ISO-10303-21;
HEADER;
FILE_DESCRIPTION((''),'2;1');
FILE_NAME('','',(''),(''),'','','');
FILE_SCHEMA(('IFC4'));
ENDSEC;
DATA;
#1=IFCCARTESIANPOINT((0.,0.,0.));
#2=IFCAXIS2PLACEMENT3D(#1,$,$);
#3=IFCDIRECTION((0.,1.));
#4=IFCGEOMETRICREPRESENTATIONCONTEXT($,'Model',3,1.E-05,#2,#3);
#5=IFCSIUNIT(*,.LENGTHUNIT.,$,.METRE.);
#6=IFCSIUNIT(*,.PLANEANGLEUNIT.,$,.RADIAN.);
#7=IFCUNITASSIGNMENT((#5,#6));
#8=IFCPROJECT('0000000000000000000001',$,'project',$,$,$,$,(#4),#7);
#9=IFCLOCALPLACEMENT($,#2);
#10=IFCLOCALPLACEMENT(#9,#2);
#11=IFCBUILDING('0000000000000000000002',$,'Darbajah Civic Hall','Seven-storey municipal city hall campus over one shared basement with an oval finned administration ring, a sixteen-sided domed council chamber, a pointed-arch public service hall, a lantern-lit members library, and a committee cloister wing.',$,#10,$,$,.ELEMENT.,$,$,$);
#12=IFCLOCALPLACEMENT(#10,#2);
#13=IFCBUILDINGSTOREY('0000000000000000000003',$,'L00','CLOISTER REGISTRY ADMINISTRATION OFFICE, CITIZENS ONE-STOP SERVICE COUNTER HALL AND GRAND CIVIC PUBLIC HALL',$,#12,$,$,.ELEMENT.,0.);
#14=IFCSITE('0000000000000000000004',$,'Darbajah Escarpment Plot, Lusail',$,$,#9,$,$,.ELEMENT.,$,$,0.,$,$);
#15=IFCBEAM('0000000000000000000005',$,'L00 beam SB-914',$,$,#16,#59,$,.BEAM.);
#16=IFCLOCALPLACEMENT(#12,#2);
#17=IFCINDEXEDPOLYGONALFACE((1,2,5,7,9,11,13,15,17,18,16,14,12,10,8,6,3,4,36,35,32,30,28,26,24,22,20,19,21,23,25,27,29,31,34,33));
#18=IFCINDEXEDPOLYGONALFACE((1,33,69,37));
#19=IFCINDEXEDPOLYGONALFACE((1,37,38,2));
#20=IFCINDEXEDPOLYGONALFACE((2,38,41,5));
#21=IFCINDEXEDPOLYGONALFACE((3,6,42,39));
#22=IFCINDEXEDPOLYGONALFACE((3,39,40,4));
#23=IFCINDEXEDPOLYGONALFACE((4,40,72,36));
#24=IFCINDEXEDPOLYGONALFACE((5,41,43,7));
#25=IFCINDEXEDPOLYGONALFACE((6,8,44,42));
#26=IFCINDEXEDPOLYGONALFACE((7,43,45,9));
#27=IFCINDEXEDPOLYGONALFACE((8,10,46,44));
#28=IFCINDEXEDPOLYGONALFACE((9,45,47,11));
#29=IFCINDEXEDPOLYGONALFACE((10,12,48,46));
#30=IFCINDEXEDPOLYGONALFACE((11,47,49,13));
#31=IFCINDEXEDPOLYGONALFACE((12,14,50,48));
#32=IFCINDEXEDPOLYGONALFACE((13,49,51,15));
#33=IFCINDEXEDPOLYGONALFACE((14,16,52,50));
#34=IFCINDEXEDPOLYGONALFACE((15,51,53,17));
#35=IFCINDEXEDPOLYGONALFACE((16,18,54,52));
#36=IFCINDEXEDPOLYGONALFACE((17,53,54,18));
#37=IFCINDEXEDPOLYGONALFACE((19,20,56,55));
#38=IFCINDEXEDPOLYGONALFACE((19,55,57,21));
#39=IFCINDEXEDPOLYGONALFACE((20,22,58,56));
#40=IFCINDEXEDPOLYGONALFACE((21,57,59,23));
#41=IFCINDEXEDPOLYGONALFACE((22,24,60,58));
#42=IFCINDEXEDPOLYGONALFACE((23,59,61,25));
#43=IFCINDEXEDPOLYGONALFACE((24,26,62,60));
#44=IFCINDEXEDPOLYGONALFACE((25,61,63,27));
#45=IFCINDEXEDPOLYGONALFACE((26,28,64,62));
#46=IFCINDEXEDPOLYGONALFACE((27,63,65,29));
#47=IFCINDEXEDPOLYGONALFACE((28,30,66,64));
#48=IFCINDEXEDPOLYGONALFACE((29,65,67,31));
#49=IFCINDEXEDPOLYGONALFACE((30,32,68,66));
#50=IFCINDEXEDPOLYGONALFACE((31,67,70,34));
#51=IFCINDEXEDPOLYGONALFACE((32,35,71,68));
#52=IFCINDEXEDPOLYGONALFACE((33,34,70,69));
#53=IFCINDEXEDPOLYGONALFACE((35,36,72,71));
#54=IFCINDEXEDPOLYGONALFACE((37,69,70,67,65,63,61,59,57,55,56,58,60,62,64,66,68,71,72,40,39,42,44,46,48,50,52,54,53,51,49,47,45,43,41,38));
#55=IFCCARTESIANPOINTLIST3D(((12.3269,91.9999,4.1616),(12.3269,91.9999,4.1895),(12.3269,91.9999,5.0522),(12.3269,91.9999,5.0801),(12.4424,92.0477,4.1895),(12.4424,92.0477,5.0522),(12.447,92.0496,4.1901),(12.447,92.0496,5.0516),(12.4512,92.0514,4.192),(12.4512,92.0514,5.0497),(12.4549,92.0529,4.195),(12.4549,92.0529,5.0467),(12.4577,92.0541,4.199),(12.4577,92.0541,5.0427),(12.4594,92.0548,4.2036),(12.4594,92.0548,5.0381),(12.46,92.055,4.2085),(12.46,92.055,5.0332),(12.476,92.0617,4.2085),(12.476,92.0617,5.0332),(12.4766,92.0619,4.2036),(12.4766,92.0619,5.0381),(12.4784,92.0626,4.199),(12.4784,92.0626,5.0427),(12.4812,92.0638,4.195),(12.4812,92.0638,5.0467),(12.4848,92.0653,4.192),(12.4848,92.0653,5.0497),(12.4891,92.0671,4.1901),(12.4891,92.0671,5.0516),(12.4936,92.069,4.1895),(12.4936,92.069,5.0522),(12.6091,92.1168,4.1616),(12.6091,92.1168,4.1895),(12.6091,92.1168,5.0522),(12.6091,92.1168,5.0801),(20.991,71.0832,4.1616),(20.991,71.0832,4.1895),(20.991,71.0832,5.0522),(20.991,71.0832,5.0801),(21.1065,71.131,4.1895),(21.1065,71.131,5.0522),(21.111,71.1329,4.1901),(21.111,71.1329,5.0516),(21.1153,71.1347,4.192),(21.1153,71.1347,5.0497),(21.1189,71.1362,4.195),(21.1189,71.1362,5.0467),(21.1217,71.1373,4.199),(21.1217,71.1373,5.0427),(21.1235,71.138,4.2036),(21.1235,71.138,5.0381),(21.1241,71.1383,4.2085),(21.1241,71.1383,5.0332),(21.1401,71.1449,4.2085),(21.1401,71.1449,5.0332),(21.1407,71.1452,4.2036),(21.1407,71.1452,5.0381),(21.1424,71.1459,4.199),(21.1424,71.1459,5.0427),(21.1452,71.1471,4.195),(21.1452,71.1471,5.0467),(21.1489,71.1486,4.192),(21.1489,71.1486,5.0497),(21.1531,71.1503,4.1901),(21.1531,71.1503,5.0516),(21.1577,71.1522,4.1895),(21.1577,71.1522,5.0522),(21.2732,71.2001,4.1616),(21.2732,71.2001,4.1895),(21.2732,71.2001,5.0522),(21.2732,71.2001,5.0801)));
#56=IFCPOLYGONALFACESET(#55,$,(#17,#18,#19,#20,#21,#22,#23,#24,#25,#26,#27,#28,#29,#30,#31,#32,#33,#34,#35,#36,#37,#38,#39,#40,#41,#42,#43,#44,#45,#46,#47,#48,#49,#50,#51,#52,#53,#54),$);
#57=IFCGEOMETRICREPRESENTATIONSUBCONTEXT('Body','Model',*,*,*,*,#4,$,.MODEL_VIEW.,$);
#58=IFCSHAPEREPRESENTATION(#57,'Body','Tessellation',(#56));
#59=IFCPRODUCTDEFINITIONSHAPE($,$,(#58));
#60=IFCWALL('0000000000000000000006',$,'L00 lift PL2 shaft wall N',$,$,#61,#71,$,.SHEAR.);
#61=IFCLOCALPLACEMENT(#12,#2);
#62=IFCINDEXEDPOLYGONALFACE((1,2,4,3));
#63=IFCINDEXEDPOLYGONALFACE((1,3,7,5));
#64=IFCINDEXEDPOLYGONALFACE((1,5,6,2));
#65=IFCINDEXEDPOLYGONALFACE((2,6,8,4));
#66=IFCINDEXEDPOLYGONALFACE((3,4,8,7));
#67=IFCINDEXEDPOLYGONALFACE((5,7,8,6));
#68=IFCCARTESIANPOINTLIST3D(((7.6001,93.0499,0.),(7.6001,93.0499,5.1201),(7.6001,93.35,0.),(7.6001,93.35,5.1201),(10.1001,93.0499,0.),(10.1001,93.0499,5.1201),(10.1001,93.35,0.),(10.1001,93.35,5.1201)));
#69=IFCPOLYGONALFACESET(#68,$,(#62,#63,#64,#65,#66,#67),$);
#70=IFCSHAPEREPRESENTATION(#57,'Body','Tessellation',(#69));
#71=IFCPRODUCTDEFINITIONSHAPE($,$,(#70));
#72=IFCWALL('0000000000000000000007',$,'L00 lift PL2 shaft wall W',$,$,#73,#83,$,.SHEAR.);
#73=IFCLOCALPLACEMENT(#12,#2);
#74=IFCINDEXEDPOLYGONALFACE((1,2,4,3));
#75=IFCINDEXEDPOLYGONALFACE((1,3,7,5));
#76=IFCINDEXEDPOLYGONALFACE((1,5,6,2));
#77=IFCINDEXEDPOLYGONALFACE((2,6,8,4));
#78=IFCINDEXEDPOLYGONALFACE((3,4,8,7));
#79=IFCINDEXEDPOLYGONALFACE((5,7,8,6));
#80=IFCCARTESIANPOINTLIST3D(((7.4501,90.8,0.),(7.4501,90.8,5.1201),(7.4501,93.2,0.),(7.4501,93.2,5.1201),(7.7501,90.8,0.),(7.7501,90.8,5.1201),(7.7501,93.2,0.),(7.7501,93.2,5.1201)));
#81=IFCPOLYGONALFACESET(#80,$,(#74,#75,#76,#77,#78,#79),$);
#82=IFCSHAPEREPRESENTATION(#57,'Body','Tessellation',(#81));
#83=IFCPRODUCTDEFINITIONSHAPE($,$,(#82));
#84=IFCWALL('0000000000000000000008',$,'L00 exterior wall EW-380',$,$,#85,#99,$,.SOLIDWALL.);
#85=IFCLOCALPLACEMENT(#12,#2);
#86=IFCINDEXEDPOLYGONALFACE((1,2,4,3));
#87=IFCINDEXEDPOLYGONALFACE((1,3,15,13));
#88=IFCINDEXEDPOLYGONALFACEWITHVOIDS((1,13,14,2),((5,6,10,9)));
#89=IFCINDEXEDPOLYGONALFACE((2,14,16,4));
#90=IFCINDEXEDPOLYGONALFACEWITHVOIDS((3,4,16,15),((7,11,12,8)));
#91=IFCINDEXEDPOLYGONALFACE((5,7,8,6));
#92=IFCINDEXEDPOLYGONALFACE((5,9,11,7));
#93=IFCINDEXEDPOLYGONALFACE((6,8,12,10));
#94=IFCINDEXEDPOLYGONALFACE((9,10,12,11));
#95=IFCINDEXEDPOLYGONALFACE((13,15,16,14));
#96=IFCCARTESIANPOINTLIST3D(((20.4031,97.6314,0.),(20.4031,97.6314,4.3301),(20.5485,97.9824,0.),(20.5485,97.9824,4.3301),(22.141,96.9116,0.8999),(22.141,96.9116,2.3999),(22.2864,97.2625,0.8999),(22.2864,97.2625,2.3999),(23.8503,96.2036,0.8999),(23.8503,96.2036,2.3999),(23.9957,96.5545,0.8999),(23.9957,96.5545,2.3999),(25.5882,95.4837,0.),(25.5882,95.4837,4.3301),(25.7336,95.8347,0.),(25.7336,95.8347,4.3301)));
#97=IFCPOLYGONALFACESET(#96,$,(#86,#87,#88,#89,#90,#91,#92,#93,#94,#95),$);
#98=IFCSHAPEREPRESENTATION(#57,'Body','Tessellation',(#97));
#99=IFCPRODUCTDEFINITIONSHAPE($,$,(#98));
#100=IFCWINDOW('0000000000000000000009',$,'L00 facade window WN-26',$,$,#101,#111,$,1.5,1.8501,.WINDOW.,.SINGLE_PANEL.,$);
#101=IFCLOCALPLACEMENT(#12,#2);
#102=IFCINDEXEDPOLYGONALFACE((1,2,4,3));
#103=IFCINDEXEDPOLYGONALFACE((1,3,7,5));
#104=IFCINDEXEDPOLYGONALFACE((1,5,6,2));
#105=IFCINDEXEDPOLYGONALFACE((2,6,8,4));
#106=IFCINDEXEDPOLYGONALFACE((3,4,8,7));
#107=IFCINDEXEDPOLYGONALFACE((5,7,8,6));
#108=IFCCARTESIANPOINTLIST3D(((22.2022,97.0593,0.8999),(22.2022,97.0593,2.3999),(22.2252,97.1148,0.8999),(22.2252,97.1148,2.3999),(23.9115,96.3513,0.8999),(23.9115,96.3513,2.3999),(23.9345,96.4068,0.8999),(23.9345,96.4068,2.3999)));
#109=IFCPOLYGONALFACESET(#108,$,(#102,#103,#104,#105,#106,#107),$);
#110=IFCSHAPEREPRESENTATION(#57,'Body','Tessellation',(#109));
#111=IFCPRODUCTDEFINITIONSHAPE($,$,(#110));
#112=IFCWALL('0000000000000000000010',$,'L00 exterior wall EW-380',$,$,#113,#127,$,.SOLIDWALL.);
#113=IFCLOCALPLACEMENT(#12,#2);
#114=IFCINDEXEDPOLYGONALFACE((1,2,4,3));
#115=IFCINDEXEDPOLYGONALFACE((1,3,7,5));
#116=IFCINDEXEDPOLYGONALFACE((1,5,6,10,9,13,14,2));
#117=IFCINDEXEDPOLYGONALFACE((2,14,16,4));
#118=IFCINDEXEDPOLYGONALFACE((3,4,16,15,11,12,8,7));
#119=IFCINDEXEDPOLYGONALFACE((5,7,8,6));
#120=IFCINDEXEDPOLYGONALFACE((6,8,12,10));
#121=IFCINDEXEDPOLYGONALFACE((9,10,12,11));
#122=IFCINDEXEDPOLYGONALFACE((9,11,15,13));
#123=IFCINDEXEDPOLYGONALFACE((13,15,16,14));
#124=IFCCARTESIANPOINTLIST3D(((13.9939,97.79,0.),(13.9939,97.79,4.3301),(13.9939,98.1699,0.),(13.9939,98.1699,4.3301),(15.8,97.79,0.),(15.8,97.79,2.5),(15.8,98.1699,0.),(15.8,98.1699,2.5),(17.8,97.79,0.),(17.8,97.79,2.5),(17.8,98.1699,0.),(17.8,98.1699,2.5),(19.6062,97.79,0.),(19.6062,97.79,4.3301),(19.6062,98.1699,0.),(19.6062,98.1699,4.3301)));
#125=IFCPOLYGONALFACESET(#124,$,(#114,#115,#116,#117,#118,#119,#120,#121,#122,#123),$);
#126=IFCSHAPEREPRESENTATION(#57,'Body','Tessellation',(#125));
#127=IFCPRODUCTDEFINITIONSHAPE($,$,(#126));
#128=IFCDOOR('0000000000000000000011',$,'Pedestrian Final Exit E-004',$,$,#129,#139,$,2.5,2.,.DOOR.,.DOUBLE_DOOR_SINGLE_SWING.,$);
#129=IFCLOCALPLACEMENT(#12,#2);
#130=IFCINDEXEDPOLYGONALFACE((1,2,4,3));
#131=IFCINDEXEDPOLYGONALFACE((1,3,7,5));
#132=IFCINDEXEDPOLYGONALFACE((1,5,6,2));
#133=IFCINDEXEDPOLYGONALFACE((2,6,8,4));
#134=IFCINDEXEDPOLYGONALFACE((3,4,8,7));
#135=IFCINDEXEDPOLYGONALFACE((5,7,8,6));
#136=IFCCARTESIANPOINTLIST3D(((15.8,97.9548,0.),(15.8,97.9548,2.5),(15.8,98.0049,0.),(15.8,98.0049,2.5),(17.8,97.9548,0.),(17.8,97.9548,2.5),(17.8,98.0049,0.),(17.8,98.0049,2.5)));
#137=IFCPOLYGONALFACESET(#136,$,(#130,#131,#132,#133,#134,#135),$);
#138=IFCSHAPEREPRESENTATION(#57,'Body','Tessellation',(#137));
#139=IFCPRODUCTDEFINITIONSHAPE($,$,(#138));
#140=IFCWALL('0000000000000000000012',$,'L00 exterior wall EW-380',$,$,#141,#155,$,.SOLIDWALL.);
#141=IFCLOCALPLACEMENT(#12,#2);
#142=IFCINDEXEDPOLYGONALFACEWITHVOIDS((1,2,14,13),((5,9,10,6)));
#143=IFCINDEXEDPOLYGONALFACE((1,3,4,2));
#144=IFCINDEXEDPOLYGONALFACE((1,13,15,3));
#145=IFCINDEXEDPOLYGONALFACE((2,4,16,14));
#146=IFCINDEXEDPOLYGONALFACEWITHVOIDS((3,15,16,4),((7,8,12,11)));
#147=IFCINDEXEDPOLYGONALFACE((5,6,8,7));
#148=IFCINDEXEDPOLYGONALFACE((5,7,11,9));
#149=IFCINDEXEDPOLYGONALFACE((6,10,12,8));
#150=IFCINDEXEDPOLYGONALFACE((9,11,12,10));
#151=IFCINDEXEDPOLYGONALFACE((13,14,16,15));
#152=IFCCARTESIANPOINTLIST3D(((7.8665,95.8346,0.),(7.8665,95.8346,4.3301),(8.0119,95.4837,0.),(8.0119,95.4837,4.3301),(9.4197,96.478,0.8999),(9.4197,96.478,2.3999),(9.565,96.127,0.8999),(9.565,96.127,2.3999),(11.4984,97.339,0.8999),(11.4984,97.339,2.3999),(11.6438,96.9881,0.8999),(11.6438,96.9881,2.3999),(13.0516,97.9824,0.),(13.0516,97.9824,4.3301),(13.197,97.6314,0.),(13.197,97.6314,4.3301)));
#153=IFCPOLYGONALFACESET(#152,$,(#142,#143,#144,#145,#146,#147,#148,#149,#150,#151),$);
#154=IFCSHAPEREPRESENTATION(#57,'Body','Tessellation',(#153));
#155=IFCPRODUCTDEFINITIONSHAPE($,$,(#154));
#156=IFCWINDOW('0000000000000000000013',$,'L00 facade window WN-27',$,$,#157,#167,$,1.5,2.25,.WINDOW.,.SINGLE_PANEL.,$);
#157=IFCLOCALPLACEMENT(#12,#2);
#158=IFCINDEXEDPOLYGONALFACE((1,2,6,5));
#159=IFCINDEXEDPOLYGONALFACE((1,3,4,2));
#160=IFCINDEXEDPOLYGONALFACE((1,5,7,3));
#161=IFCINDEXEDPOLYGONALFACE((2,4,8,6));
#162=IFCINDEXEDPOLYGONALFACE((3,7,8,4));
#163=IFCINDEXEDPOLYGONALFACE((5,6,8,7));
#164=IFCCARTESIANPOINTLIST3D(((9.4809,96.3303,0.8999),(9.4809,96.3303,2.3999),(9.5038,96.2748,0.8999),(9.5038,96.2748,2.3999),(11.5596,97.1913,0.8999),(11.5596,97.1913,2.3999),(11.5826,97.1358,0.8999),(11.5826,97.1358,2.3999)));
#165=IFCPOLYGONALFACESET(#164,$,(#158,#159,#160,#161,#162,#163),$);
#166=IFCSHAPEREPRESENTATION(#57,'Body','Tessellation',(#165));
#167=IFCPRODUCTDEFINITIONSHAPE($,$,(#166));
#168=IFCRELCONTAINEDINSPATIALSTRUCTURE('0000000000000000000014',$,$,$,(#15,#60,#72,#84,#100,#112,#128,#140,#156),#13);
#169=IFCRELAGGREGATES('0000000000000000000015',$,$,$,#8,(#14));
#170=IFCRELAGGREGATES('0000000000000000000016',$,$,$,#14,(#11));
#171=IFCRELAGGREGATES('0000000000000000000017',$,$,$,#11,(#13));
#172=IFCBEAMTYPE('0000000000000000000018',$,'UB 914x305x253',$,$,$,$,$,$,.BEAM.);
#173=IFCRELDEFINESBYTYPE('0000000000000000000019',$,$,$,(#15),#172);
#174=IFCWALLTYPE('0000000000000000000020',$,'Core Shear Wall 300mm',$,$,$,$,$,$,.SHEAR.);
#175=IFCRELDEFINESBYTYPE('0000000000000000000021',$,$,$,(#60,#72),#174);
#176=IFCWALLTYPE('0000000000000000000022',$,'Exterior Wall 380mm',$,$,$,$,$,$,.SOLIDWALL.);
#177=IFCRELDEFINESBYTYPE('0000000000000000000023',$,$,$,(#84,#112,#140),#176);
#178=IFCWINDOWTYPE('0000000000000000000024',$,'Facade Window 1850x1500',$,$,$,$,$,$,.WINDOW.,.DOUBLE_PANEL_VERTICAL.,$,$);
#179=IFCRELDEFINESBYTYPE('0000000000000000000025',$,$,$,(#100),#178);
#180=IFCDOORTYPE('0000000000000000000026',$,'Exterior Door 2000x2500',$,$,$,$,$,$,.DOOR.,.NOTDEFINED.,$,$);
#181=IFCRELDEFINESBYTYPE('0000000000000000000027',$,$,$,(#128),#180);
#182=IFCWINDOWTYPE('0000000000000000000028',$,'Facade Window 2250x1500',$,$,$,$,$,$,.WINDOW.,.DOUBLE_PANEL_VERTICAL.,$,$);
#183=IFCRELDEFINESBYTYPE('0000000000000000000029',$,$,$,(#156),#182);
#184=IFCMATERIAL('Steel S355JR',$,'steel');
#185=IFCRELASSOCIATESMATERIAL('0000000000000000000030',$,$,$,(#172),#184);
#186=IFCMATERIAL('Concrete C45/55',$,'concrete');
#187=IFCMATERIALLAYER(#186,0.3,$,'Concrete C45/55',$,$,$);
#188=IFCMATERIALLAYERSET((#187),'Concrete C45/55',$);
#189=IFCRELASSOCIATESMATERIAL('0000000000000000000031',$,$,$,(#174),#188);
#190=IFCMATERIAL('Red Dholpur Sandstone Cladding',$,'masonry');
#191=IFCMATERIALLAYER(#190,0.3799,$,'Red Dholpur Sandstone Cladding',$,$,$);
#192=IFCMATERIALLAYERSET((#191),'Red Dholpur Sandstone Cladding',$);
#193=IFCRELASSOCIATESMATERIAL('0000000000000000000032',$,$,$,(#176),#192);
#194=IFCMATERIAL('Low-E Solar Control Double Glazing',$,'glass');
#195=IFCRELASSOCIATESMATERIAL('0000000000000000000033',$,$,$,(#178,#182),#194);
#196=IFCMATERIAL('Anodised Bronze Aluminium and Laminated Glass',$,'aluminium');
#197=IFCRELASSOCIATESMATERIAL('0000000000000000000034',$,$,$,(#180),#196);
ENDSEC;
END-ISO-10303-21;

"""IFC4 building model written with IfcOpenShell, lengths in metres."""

from ifc_helpers import new_model, si_unit, direction, frame, frame_2d, origin, origin_2d, place, context, subcontext, project, spatial, rectangle, i_section, extrude, material, layer, layer_set, material_profile, profile_set, type_object, element, fill, save


model = new_model("IFC4")

# Units and contexts
model_context = context("Model", 3, precision=1e-05, world=origin(), true_north=direction((0.0, 1.0)))
body_context = subcontext(model_context, "Body", "Model", "MODEL_VIEW")
ifc_project = project(units=[si_unit("LENGTHUNIT", "METRE"), si_unit("PLANEANGLEUNIT", "RADIAN")], contexts=[model_context])

# Site, building, storey
site_placement = place(None, origin())
site = spatial("IfcSite", under=ifc_project, at=site_placement, Name="Darbajah Escarpment Plot, Lusail", CompositionType="ELEMENT", RefElevation=0.0)
building_placement = place(site_placement, origin())
building = spatial("IfcBuilding", under=site, at=building_placement, Name="Darbajah Civic Hall", Description="Seven-storey municipal city hall campus over one shared basement with an oval finned administration ring, a sixteen-sided domed council chamber, a pointed-arch public service hall, a lantern-lit members library, and a committee cloister wing.", CompositionType="ELEMENT")
storey_placement = place(building_placement, origin())
storey = spatial("IfcBuildingStorey", under=building, at=storey_placement, Name="L00", Description="CLOISTER REGISTRY ADMINISTRATION OFFICE, CITIZENS ONE-STOP SERVICE COUNTER HALL AND GRAND CIVIC PUBLIC HALL", CompositionType="ELEMENT", Elevation=0.0)

# Shared definitions
ifc_material_1 = material(Name="Concrete C45/55", Category="concrete")

# Beam
ifc_material_2 = material(Name="Steel S355JR", Category="steel")
ifc_material_profile_1 = material_profile(ifc_material_2, i_section(OverallWidth=0.3054, OverallDepth=0.9185, WebThickness=0.0173, FlangeThickness=0.0278, FilletRadius=0.019, at=origin_2d()), Name="UB 914x305x253")
ifc_profile_set_1 = profile_set([ifc_material_profile_1], Name="Steel S355JR")
beam_type_1 = type_object("IfcBeamType", Name="UB 914x305x253", PredefinedType="BEAM", material=ifc_profile_set_1)
for number, where, z_axis, x_axis, name in (
    (1, (12.468, 92.0583, 4.6208), (0.382686, -0.923879, 0.0), (0.923879, 0.382686, 0.0), "L00 beam SB-914"),
):
    element("IfcBeam", number, at=place(storey_placement, frame(where, z_axis=z_axis, x_axis=x_axis)), inside=storey, type_object=beam_type_1, Name=name, PredefinedType="BEAM", context=body_context, shape_type="SweptSolid", body=[
        extrude(i_section(OverallWidth=0.3054, OverallDepth=0.9185, WebThickness=0.0173, FlangeThickness=0.0278, FilletRadius=0.019, at=origin_2d()), origin(), (0.0, 0.0, 1.0), 22.6401),
    ])

# Walls
ifc_layer_1 = layer(ifc_material_1, 0.3, Name="Concrete C45/55")
ifc_layer_set_1 = layer_set([ifc_layer_1], Name="Concrete C45/55")
wall_type_1 = type_object("IfcWallType", Name="Core Shear Wall 300mm", PredefinedType="SHEAR", material=ifc_layer_set_1)
wall_1_placement = place(storey_placement, frame((10.1001, 93.2, 0.0), z_axis=(0.0, 0.0, 1.0), x_axis=(-1.0, 0.0, 0.0)))
element("IfcWall", 2, at=wall_1_placement, inside=storey, type_object=wall_type_1, Name="L00 lift PL2 shaft wall N", PredefinedType="SHEAR", context=body_context, shape_type="SweptSolid", body=[
    extrude(rectangle(XDim=2.5, YDim=0.3, at=frame_2d((1.25, 0.0))), origin(), (0.0, 0.0, 1.0), 5.1201),
])
wall_2_placement = place(storey_placement, frame((7.6001, 93.2, 0.0), z_axis=(0.0, 0.0, 1.0), x_axis=(0.0, -1.0, 0.0)))
element("IfcWall", 3, at=wall_2_placement, inside=storey, type_object=wall_type_1, Name="L00 lift PL2 shaft wall W", PredefinedType="SHEAR", context=body_context, shape_type="SweptSolid", body=[
    extrude(rectangle(XDim=2.3999, YDim=0.3, at=frame_2d((1.2, 0.0))), origin(), (0.0, 0.0, 1.0), 5.1201),
])

# Wall, opening, window
ifc_material_3 = material(Name="Red Dholpur Sandstone Cladding", Category="masonry")
ifc_layer_2 = layer(ifc_material_3, 0.3799, Name="Red Dholpur Sandstone Cladding")
ifc_layer_set_2 = layer_set([ifc_layer_2], Name="Red Dholpur Sandstone Cladding")
wall_type_2 = type_object("IfcWallType", Name="Exterior Wall 380mm", PredefinedType="SOLIDWALL", material=ifc_layer_set_2)
wall_3_placement = place(storey_placement, frame((25.6609, 95.6592, 0.0), z_axis=(0.0, 0.0, 1.0), x_axis=(-0.923881, 0.382681, 0.0)))
wall_3 = element("IfcWall", 4, at=wall_3_placement, inside=storey, type_object=wall_type_2, Name="L00 exterior wall EW-380", PredefinedType="SOLIDWALL", context=body_context, shape_type="SweptSolid", body=[
    extrude(rectangle(XDim=5.6123, YDim=0.3799, at=frame_2d((2.8062, 0.0))), origin(), (0.0, 0.0, 1.0), 4.3301),
])
opening_1_placement = place(wall_3_placement, frame((1.8811, 0.0, 0.8999)))
opening_1 = element("IfcOpeningElement", 5, at=opening_1_placement, cuts=wall_3, PredefinedType="OPENING", context=body_context, shape_type="SweptSolid", body=[
    extrude(rectangle(XDim=1.8501, YDim=1.5, at=frame_2d((0.925, 0.75))), frame((0.0, 0.2, 0.0), z_axis=(0.0, -1.0, 0.0), x_axis=(1.0, 0.0, 0.0)), (0.0, 0.0, 1.0), 0.3999),
])
ifc_material_4 = material(Name="Low-E Solar Control Double Glazing", Category="glass")
window_type_1 = type_object("IfcWindowType", Name="Facade Window 1850x1500", PartitioningType="DOUBLE_PANEL_VERTICAL", PredefinedType="WINDOW", material=ifc_material_4)
window_1_placement = place(opening_1_placement, origin())
window_1 = element("IfcWindow", 6, at=window_1_placement, inside=storey, type_object=window_type_1, Name="L00 facade window WN-26", OverallHeight=1.5, OverallWidth=1.8501, PartitioningType="SINGLE_PANEL", PredefinedType="WINDOW", context=body_context, shape_type="SweptSolid", body=[
    extrude(rectangle(XDim=1.8501, YDim=1.5, at=frame_2d((0.925, 0.75))), frame((0.0, 0.03, 0.0), z_axis=(0.0, -1.0, 0.0), x_axis=(1.0, 0.0, 0.0)), (0.0, 0.0, 1.0), 0.0601),
])
fill(opening_1, window_1)

# Wall, opening, door
wall_4_placement = place(storey_placement, frame((19.6062, 97.98, 0.0), z_axis=(0.0, 0.0, 1.0), x_axis=(-1.0, 0.0, 0.0)))
wall_4 = element("IfcWall", 7, at=wall_4_placement, inside=storey, type_object=wall_type_2, Name="L00 exterior wall EW-380", PredefinedType="SOLIDWALL", context=body_context, shape_type="SweptSolid", body=[
    extrude(rectangle(XDim=5.6123, YDim=0.3799, at=frame_2d((2.8062, 0.0))), origin(), (0.0, 0.0, 1.0), 4.3301),
])
opening_2_placement = place(wall_4_placement, frame((1.8062, 0.0, 0.0)))
opening_2 = element("IfcOpeningElement", 8, at=opening_2_placement, cuts=wall_4, PredefinedType="OPENING", context=body_context, shape_type="SweptSolid", body=[
    extrude(rectangle(XDim=2.0, YDim=2.5, at=frame_2d((1.0, 1.25))), frame((0.0, 0.2, 0.0), z_axis=(0.0, -1.0, 0.0), x_axis=(1.0, 0.0, 0.0)), (0.0, 0.0, 1.0), 0.3999),
])
ifc_material_5 = material(Name="Anodised Bronze Aluminium and Laminated Glass", Category="aluminium")
door_type = type_object("IfcDoorType", Name="Exterior Door 2000x2500", OperationType="NOTDEFINED", PredefinedType="DOOR", material=ifc_material_5)
door_placement = place(opening_2_placement, frame((2.0, 0.0, 0.0), z_axis=(0.0, 0.0, 1.0), x_axis=(-1.0, 0.0, 0.0)))
door = element("IfcDoor", 9, at=door_placement, inside=storey, type_object=door_type, Name="Pedestrian Final Exit E-004", OperationType="DOUBLE_DOOR_SINGLE_SWING", OverallHeight=2.5, OverallWidth=2.0, PredefinedType="DOOR", context=body_context, shape_type="SweptSolid", body=[
    extrude(rectangle(XDim=2.0, YDim=2.5, at=frame_2d((1.0, 1.25))), frame((0.0, 0.0249, 0.0), z_axis=(0.0, -1.0, 0.0), x_axis=(1.0, 0.0, 0.0)), (0.0, 0.0, 1.0), 0.05),
])
fill(opening_2, door)

# Wall, opening, window
wall_5_placement = place(storey_placement, frame((13.1243, 97.8069, 0.0), z_axis=(0.0, 0.0, 1.0), x_axis=(-0.923881, -0.382681, 0.0)))
wall_5 = element("IfcWall", 10, at=wall_5_placement, inside=storey, type_object=wall_type_2, Name="L00 exterior wall EW-380", PredefinedType="SOLIDWALL", context=body_context, shape_type="SweptSolid", body=[
    extrude(rectangle(XDim=5.6123, YDim=0.3799, at=frame_2d((2.8062, 0.0))), origin(), (0.0, 0.0, 1.0), 4.3301),
])
opening_3_placement = place(wall_5_placement, frame((1.6812, 0.0, 0.8999)))
opening_3 = element("IfcOpeningElement", 11, at=opening_3_placement, cuts=wall_5, PredefinedType="OPENING", context=body_context, shape_type="SweptSolid", body=[
    extrude(rectangle(XDim=2.25, YDim=1.5, at=frame_2d((1.125, 0.75))), frame((0.0, 0.2, 0.0), z_axis=(0.0, -1.0, 0.0), x_axis=(1.0, 0.0, 0.0)), (0.0, 0.0, 1.0), 0.3999),
])
window_type_2 = type_object("IfcWindowType", Name="Facade Window 2250x1500", PartitioningType="DOUBLE_PANEL_VERTICAL", PredefinedType="WINDOW", material=ifc_material_4)
window_2_placement = place(opening_3_placement, origin())
window_2 = element("IfcWindow", 12, at=window_2_placement, inside=storey, type_object=window_type_2, Name="L00 facade window WN-27", OverallHeight=1.5, OverallWidth=2.25, PartitioningType="SINGLE_PANEL", PredefinedType="WINDOW", context=body_context, shape_type="SweptSolid", body=[
    extrude(rectangle(XDim=2.25, YDim=1.5, at=frame_2d((1.125, 0.75))), frame((0.0, 0.03, 0.0), z_axis=(0.0, -1.0, 0.0), x_axis=(1.0, 0.0, 0.0)), (0.0, 0.0, 1.0), 0.0601),
])
fill(opening_3, window_2)

save(model, "model.ifc")
